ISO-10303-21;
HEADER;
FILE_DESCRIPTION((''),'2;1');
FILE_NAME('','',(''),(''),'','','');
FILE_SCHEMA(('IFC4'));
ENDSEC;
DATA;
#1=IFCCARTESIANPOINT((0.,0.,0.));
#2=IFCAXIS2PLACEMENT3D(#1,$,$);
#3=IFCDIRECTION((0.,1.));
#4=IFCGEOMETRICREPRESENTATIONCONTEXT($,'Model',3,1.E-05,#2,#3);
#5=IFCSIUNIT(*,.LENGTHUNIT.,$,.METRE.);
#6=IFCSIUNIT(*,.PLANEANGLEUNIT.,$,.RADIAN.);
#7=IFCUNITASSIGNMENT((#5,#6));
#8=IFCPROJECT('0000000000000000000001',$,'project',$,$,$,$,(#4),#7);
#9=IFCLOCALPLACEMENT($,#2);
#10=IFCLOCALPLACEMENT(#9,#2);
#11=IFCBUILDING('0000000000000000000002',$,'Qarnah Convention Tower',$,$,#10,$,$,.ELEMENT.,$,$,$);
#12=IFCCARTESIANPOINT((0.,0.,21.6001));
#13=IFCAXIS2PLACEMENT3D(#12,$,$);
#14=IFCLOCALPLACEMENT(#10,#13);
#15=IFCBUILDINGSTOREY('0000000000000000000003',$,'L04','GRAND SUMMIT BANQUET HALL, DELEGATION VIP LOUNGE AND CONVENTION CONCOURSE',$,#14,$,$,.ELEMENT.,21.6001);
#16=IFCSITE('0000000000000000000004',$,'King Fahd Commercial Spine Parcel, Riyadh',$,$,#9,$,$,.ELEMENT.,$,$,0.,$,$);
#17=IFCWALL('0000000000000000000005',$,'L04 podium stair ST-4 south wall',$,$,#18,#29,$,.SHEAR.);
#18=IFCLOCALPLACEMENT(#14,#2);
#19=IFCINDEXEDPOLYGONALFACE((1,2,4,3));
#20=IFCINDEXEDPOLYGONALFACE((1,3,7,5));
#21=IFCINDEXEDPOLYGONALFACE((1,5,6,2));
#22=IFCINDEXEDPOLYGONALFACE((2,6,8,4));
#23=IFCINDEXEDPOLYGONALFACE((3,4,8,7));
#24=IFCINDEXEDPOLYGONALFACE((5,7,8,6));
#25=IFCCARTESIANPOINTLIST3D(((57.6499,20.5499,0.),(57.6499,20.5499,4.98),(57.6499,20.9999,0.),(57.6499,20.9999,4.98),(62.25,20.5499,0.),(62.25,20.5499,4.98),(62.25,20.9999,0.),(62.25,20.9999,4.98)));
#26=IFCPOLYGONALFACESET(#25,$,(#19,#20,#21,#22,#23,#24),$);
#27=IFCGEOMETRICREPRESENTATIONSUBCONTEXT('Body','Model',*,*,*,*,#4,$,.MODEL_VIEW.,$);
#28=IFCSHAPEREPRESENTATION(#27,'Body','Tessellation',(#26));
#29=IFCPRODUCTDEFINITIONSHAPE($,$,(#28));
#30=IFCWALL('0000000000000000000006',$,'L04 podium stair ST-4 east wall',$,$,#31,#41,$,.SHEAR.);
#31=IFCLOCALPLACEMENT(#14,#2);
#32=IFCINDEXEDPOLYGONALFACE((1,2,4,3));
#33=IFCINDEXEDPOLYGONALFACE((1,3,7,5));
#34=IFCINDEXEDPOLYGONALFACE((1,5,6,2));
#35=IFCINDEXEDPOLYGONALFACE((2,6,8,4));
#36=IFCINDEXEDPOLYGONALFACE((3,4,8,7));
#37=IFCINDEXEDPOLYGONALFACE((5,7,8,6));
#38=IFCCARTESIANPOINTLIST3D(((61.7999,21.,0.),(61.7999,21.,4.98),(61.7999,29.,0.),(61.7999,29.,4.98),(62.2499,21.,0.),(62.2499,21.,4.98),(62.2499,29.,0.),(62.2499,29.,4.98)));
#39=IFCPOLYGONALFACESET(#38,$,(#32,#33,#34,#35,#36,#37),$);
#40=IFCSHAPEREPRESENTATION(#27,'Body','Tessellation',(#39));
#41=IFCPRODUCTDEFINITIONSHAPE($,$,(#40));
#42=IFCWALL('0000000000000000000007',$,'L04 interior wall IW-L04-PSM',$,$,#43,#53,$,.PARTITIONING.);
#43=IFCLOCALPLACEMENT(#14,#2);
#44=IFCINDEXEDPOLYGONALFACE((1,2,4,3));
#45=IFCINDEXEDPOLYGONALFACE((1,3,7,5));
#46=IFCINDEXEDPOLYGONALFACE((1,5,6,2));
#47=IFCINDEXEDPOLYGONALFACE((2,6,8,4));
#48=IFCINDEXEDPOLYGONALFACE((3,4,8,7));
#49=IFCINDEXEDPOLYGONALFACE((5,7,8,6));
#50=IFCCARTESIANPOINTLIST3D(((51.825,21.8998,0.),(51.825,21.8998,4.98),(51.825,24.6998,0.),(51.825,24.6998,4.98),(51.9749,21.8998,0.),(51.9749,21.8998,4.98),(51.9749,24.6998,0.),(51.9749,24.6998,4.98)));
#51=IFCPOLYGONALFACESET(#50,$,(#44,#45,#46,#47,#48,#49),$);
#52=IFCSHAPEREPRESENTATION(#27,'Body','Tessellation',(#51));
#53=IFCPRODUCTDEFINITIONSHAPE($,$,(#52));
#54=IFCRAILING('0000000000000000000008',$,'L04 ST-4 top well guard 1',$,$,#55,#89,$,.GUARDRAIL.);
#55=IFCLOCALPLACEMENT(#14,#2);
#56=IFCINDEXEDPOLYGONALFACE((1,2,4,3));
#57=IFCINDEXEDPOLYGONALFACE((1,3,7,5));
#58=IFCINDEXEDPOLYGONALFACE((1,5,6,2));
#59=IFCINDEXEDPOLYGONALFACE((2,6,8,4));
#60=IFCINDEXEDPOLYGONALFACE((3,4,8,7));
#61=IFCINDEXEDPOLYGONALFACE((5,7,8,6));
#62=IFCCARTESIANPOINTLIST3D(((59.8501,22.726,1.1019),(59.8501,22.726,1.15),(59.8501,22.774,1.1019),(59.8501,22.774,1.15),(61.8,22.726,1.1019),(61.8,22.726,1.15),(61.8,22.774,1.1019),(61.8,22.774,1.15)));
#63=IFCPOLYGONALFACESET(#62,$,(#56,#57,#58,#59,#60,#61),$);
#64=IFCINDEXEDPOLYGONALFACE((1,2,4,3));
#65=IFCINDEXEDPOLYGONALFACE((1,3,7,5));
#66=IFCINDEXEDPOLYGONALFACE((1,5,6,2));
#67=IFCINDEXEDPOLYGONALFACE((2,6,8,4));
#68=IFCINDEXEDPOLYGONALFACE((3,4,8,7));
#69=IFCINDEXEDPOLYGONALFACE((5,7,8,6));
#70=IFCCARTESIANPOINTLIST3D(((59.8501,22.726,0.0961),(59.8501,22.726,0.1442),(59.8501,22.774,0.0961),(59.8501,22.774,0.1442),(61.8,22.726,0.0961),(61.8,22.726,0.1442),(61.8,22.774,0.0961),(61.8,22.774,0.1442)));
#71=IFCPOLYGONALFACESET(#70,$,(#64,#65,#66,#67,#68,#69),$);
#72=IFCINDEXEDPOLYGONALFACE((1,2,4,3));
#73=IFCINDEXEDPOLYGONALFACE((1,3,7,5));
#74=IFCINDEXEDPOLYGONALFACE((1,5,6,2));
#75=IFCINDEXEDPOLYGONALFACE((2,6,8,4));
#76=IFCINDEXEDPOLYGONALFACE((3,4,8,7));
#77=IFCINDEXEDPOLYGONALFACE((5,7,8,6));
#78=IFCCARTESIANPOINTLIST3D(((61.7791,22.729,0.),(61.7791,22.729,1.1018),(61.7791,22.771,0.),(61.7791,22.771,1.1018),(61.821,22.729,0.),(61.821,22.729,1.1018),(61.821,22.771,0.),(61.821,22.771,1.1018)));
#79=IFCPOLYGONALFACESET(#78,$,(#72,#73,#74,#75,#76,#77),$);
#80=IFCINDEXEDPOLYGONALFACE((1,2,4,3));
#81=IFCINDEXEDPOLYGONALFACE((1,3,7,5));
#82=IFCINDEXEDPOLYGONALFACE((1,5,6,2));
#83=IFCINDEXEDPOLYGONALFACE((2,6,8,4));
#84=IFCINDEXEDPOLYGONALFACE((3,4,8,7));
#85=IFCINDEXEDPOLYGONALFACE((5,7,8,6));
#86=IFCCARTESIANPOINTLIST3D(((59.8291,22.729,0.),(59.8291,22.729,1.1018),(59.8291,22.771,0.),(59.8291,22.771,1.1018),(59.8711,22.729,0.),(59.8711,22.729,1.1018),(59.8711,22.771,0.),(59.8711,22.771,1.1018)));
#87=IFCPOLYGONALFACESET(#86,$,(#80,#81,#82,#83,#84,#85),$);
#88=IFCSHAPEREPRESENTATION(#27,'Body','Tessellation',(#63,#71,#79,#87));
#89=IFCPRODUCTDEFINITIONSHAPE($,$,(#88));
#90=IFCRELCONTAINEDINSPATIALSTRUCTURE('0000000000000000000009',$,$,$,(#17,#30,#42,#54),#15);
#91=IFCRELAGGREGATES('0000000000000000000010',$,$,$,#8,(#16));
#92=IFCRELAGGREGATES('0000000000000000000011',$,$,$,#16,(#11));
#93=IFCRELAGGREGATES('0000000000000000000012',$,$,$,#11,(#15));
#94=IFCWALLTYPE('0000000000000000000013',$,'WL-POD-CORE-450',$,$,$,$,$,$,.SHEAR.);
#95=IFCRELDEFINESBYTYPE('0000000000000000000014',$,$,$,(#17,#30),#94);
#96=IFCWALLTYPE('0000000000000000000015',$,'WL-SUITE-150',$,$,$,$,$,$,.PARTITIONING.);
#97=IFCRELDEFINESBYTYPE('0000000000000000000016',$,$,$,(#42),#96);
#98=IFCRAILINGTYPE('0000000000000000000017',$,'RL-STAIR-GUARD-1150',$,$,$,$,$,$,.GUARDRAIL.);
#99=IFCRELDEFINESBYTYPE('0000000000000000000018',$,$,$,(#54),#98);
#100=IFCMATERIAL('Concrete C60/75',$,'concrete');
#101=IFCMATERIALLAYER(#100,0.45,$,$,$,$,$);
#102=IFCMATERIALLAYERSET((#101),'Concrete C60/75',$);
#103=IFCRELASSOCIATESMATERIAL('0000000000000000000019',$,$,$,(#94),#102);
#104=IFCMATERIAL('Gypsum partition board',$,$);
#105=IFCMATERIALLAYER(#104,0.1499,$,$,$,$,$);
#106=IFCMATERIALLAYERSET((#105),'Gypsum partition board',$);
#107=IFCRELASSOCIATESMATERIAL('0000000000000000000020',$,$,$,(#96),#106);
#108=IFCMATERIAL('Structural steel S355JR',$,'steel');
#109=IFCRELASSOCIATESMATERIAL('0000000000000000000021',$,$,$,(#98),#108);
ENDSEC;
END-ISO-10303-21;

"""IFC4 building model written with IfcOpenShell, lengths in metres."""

from ifc_helpers import new_model, si_unit, direction, frame, frame_2d, origin, origin_2d, place, context, subcontext, project, spatial, rectangle, extrude, material, layer, layer_set, type_object, element, save


model = new_model("IFC4")

# Units and contexts
model_context = context("Model", 3, precision=1e-05, world=origin(), true_north=direction((0.0, 1.0)))
body_context = subcontext(model_context, "Body", "Model", "MODEL_VIEW")
ifc_project = project(units=[si_unit("LENGTHUNIT", "METRE"), si_unit("PLANEANGLEUNIT", "RADIAN")], contexts=[model_context])

# Site, building, storey
site_placement = place(None, origin())
site = spatial("IfcSite", under=ifc_project, at=site_placement, Name="King Fahd Commercial Spine Parcel, Riyadh", CompositionType="ELEMENT", RefElevation=0.0)
building_placement = place(site_placement, origin())
building = spatial("IfcBuilding", under=site, at=building_placement, Name="Qarnah Convention Tower", CompositionType="ELEMENT")
storey_placement = place(building_placement, frame((0.0, 0.0, 21.6001)))
storey = spatial("IfcBuildingStorey", under=building, at=storey_placement, Name="L04", Description="GRAND SUMMIT BANQUET HALL, DELEGATION VIP LOUNGE AND CONVENTION CONCOURSE", CompositionType="ELEMENT", Elevation=21.6001)

# Shared definitions
ifc_material_1 = material(Name="Concrete C60/75", Category="concrete")

# Shared definitions
ifc_material_2 = material(Name="Structural steel S355JR", Category="steel")

# Shared definitions
ifc_material_3 = material(Name="Gypsum partition board")

# Wall
ifc_layer_1 = layer(ifc_material_1, 0.45)
ifc_layer_set_1 = layer_set([ifc_layer_1], Name="Concrete C60/75")
wall_type_1 = type_object("IfcWallType", Name="WL-POD-CORE-450", PredefinedType="SHEAR", material=ifc_layer_set_1)
wall_1_placement = place(storey_placement, frame((57.6499, 20.7749, 0.0), z_axis=(0.0, 0.0, 1.0), x_axis=(1.0, 0.0, 0.0)))
element("IfcWall", 1, at=wall_1_placement, inside=storey, type_object=wall_type_1, Name="L04 podium stair ST-4 south wall", PredefinedType="SHEAR", context=body_context, shape_type="SweptSolid", body=[
    extrude(rectangle(XDim=4.6001, YDim=0.45, at=frame_2d((2.3, 0.0))), origin(), (0.0, 0.0, 1.0), 4.98),
])

# Walls
wall_2_placement = place(storey_placement, frame((62.0249, 21.0, 0.0), z_axis=(0.0, 0.0, 1.0), x_axis=(0.0, 1.0, 0.0)))
element("IfcWall", 2, at=wall_2_placement, inside=storey, type_object=wall_type_1, Name="L04 podium stair ST-4 east wall", PredefinedType="SHEAR", context=body_context, shape_type="SweptSolid", body=[
    extrude(rectangle(XDim=8.0, YDim=0.45, at=frame_2d((4.0, 0.0))), origin(), (0.0, 0.0, 1.0), 4.98),
])
ifc_layer_2 = layer(ifc_material_3, 0.1499)
ifc_layer_set_2 = layer_set([ifc_layer_2], Name="Gypsum partition board")
wall_type_2 = type_object("IfcWallType", Name="WL-SUITE-150", PredefinedType="PARTITIONING", material=ifc_layer_set_2)
wall_3_placement = place(storey_placement, frame((51.8999, 21.8999, 0.0), z_axis=(0.0, 0.0, 1.0), x_axis=(0.0, 1.0, 0.0)))
element("IfcWall", 3, at=wall_3_placement, inside=storey, type_object=wall_type_2, Name="L04 interior wall IW-L04-PSM", PredefinedType="PARTITIONING", context=body_context, shape_type="SweptSolid", body=[
    extrude(rectangle(XDim=2.8, YDim=0.1499, at=frame_2d((1.3999, 0.0))), origin(), (0.0, 0.0, 1.0), 4.98),
])

# Railing
railing_type = type_object("IfcRailingType", Name="RL-STAIR-GUARD-1150", PredefinedType="GUARDRAIL", material=ifc_material_2)
railing_placement = place(storey_placement, frame((61.8, 22.75, 0.0)))
element("IfcRailing", 4, at=railing_placement, inside=storey, type_object=railing_type, Name="L04 ST-4 top well guard 1", PredefinedType="GUARDRAIL", context=body_context, shape_type="SweptSolid", body=[
    extrude(rectangle(XDim=0.0481, YDim=0.0481, at=origin_2d()), frame((0.0, 0.0, 1.126), z_axis=(-1.0, 0.0, 0.0), x_axis=(0.0, -1.0, 0.0)), (0.0, 0.0, 1.0), 1.95),
    extrude(rectangle(XDim=0.0481, YDim=0.0481, at=origin_2d()), frame((0.0, 0.0, 0.1201), z_axis=(-1.0, 0.0, 0.0), x_axis=(0.0, -1.0, 0.0)), (0.0, 0.0, 1.0), 1.95),
    extrude(rectangle(XDim=0.042, YDim=0.042, at=origin_2d()), origin(), (0.0, 0.0, 1.0), 1.1018),
    extrude(rectangle(XDim=0.042, YDim=0.042, at=origin_2d()), frame((-1.95, 0.0, 0.0)), (0.0, 0.0, 1.0), 1.1018),
])

save(model, "model.ifc")
